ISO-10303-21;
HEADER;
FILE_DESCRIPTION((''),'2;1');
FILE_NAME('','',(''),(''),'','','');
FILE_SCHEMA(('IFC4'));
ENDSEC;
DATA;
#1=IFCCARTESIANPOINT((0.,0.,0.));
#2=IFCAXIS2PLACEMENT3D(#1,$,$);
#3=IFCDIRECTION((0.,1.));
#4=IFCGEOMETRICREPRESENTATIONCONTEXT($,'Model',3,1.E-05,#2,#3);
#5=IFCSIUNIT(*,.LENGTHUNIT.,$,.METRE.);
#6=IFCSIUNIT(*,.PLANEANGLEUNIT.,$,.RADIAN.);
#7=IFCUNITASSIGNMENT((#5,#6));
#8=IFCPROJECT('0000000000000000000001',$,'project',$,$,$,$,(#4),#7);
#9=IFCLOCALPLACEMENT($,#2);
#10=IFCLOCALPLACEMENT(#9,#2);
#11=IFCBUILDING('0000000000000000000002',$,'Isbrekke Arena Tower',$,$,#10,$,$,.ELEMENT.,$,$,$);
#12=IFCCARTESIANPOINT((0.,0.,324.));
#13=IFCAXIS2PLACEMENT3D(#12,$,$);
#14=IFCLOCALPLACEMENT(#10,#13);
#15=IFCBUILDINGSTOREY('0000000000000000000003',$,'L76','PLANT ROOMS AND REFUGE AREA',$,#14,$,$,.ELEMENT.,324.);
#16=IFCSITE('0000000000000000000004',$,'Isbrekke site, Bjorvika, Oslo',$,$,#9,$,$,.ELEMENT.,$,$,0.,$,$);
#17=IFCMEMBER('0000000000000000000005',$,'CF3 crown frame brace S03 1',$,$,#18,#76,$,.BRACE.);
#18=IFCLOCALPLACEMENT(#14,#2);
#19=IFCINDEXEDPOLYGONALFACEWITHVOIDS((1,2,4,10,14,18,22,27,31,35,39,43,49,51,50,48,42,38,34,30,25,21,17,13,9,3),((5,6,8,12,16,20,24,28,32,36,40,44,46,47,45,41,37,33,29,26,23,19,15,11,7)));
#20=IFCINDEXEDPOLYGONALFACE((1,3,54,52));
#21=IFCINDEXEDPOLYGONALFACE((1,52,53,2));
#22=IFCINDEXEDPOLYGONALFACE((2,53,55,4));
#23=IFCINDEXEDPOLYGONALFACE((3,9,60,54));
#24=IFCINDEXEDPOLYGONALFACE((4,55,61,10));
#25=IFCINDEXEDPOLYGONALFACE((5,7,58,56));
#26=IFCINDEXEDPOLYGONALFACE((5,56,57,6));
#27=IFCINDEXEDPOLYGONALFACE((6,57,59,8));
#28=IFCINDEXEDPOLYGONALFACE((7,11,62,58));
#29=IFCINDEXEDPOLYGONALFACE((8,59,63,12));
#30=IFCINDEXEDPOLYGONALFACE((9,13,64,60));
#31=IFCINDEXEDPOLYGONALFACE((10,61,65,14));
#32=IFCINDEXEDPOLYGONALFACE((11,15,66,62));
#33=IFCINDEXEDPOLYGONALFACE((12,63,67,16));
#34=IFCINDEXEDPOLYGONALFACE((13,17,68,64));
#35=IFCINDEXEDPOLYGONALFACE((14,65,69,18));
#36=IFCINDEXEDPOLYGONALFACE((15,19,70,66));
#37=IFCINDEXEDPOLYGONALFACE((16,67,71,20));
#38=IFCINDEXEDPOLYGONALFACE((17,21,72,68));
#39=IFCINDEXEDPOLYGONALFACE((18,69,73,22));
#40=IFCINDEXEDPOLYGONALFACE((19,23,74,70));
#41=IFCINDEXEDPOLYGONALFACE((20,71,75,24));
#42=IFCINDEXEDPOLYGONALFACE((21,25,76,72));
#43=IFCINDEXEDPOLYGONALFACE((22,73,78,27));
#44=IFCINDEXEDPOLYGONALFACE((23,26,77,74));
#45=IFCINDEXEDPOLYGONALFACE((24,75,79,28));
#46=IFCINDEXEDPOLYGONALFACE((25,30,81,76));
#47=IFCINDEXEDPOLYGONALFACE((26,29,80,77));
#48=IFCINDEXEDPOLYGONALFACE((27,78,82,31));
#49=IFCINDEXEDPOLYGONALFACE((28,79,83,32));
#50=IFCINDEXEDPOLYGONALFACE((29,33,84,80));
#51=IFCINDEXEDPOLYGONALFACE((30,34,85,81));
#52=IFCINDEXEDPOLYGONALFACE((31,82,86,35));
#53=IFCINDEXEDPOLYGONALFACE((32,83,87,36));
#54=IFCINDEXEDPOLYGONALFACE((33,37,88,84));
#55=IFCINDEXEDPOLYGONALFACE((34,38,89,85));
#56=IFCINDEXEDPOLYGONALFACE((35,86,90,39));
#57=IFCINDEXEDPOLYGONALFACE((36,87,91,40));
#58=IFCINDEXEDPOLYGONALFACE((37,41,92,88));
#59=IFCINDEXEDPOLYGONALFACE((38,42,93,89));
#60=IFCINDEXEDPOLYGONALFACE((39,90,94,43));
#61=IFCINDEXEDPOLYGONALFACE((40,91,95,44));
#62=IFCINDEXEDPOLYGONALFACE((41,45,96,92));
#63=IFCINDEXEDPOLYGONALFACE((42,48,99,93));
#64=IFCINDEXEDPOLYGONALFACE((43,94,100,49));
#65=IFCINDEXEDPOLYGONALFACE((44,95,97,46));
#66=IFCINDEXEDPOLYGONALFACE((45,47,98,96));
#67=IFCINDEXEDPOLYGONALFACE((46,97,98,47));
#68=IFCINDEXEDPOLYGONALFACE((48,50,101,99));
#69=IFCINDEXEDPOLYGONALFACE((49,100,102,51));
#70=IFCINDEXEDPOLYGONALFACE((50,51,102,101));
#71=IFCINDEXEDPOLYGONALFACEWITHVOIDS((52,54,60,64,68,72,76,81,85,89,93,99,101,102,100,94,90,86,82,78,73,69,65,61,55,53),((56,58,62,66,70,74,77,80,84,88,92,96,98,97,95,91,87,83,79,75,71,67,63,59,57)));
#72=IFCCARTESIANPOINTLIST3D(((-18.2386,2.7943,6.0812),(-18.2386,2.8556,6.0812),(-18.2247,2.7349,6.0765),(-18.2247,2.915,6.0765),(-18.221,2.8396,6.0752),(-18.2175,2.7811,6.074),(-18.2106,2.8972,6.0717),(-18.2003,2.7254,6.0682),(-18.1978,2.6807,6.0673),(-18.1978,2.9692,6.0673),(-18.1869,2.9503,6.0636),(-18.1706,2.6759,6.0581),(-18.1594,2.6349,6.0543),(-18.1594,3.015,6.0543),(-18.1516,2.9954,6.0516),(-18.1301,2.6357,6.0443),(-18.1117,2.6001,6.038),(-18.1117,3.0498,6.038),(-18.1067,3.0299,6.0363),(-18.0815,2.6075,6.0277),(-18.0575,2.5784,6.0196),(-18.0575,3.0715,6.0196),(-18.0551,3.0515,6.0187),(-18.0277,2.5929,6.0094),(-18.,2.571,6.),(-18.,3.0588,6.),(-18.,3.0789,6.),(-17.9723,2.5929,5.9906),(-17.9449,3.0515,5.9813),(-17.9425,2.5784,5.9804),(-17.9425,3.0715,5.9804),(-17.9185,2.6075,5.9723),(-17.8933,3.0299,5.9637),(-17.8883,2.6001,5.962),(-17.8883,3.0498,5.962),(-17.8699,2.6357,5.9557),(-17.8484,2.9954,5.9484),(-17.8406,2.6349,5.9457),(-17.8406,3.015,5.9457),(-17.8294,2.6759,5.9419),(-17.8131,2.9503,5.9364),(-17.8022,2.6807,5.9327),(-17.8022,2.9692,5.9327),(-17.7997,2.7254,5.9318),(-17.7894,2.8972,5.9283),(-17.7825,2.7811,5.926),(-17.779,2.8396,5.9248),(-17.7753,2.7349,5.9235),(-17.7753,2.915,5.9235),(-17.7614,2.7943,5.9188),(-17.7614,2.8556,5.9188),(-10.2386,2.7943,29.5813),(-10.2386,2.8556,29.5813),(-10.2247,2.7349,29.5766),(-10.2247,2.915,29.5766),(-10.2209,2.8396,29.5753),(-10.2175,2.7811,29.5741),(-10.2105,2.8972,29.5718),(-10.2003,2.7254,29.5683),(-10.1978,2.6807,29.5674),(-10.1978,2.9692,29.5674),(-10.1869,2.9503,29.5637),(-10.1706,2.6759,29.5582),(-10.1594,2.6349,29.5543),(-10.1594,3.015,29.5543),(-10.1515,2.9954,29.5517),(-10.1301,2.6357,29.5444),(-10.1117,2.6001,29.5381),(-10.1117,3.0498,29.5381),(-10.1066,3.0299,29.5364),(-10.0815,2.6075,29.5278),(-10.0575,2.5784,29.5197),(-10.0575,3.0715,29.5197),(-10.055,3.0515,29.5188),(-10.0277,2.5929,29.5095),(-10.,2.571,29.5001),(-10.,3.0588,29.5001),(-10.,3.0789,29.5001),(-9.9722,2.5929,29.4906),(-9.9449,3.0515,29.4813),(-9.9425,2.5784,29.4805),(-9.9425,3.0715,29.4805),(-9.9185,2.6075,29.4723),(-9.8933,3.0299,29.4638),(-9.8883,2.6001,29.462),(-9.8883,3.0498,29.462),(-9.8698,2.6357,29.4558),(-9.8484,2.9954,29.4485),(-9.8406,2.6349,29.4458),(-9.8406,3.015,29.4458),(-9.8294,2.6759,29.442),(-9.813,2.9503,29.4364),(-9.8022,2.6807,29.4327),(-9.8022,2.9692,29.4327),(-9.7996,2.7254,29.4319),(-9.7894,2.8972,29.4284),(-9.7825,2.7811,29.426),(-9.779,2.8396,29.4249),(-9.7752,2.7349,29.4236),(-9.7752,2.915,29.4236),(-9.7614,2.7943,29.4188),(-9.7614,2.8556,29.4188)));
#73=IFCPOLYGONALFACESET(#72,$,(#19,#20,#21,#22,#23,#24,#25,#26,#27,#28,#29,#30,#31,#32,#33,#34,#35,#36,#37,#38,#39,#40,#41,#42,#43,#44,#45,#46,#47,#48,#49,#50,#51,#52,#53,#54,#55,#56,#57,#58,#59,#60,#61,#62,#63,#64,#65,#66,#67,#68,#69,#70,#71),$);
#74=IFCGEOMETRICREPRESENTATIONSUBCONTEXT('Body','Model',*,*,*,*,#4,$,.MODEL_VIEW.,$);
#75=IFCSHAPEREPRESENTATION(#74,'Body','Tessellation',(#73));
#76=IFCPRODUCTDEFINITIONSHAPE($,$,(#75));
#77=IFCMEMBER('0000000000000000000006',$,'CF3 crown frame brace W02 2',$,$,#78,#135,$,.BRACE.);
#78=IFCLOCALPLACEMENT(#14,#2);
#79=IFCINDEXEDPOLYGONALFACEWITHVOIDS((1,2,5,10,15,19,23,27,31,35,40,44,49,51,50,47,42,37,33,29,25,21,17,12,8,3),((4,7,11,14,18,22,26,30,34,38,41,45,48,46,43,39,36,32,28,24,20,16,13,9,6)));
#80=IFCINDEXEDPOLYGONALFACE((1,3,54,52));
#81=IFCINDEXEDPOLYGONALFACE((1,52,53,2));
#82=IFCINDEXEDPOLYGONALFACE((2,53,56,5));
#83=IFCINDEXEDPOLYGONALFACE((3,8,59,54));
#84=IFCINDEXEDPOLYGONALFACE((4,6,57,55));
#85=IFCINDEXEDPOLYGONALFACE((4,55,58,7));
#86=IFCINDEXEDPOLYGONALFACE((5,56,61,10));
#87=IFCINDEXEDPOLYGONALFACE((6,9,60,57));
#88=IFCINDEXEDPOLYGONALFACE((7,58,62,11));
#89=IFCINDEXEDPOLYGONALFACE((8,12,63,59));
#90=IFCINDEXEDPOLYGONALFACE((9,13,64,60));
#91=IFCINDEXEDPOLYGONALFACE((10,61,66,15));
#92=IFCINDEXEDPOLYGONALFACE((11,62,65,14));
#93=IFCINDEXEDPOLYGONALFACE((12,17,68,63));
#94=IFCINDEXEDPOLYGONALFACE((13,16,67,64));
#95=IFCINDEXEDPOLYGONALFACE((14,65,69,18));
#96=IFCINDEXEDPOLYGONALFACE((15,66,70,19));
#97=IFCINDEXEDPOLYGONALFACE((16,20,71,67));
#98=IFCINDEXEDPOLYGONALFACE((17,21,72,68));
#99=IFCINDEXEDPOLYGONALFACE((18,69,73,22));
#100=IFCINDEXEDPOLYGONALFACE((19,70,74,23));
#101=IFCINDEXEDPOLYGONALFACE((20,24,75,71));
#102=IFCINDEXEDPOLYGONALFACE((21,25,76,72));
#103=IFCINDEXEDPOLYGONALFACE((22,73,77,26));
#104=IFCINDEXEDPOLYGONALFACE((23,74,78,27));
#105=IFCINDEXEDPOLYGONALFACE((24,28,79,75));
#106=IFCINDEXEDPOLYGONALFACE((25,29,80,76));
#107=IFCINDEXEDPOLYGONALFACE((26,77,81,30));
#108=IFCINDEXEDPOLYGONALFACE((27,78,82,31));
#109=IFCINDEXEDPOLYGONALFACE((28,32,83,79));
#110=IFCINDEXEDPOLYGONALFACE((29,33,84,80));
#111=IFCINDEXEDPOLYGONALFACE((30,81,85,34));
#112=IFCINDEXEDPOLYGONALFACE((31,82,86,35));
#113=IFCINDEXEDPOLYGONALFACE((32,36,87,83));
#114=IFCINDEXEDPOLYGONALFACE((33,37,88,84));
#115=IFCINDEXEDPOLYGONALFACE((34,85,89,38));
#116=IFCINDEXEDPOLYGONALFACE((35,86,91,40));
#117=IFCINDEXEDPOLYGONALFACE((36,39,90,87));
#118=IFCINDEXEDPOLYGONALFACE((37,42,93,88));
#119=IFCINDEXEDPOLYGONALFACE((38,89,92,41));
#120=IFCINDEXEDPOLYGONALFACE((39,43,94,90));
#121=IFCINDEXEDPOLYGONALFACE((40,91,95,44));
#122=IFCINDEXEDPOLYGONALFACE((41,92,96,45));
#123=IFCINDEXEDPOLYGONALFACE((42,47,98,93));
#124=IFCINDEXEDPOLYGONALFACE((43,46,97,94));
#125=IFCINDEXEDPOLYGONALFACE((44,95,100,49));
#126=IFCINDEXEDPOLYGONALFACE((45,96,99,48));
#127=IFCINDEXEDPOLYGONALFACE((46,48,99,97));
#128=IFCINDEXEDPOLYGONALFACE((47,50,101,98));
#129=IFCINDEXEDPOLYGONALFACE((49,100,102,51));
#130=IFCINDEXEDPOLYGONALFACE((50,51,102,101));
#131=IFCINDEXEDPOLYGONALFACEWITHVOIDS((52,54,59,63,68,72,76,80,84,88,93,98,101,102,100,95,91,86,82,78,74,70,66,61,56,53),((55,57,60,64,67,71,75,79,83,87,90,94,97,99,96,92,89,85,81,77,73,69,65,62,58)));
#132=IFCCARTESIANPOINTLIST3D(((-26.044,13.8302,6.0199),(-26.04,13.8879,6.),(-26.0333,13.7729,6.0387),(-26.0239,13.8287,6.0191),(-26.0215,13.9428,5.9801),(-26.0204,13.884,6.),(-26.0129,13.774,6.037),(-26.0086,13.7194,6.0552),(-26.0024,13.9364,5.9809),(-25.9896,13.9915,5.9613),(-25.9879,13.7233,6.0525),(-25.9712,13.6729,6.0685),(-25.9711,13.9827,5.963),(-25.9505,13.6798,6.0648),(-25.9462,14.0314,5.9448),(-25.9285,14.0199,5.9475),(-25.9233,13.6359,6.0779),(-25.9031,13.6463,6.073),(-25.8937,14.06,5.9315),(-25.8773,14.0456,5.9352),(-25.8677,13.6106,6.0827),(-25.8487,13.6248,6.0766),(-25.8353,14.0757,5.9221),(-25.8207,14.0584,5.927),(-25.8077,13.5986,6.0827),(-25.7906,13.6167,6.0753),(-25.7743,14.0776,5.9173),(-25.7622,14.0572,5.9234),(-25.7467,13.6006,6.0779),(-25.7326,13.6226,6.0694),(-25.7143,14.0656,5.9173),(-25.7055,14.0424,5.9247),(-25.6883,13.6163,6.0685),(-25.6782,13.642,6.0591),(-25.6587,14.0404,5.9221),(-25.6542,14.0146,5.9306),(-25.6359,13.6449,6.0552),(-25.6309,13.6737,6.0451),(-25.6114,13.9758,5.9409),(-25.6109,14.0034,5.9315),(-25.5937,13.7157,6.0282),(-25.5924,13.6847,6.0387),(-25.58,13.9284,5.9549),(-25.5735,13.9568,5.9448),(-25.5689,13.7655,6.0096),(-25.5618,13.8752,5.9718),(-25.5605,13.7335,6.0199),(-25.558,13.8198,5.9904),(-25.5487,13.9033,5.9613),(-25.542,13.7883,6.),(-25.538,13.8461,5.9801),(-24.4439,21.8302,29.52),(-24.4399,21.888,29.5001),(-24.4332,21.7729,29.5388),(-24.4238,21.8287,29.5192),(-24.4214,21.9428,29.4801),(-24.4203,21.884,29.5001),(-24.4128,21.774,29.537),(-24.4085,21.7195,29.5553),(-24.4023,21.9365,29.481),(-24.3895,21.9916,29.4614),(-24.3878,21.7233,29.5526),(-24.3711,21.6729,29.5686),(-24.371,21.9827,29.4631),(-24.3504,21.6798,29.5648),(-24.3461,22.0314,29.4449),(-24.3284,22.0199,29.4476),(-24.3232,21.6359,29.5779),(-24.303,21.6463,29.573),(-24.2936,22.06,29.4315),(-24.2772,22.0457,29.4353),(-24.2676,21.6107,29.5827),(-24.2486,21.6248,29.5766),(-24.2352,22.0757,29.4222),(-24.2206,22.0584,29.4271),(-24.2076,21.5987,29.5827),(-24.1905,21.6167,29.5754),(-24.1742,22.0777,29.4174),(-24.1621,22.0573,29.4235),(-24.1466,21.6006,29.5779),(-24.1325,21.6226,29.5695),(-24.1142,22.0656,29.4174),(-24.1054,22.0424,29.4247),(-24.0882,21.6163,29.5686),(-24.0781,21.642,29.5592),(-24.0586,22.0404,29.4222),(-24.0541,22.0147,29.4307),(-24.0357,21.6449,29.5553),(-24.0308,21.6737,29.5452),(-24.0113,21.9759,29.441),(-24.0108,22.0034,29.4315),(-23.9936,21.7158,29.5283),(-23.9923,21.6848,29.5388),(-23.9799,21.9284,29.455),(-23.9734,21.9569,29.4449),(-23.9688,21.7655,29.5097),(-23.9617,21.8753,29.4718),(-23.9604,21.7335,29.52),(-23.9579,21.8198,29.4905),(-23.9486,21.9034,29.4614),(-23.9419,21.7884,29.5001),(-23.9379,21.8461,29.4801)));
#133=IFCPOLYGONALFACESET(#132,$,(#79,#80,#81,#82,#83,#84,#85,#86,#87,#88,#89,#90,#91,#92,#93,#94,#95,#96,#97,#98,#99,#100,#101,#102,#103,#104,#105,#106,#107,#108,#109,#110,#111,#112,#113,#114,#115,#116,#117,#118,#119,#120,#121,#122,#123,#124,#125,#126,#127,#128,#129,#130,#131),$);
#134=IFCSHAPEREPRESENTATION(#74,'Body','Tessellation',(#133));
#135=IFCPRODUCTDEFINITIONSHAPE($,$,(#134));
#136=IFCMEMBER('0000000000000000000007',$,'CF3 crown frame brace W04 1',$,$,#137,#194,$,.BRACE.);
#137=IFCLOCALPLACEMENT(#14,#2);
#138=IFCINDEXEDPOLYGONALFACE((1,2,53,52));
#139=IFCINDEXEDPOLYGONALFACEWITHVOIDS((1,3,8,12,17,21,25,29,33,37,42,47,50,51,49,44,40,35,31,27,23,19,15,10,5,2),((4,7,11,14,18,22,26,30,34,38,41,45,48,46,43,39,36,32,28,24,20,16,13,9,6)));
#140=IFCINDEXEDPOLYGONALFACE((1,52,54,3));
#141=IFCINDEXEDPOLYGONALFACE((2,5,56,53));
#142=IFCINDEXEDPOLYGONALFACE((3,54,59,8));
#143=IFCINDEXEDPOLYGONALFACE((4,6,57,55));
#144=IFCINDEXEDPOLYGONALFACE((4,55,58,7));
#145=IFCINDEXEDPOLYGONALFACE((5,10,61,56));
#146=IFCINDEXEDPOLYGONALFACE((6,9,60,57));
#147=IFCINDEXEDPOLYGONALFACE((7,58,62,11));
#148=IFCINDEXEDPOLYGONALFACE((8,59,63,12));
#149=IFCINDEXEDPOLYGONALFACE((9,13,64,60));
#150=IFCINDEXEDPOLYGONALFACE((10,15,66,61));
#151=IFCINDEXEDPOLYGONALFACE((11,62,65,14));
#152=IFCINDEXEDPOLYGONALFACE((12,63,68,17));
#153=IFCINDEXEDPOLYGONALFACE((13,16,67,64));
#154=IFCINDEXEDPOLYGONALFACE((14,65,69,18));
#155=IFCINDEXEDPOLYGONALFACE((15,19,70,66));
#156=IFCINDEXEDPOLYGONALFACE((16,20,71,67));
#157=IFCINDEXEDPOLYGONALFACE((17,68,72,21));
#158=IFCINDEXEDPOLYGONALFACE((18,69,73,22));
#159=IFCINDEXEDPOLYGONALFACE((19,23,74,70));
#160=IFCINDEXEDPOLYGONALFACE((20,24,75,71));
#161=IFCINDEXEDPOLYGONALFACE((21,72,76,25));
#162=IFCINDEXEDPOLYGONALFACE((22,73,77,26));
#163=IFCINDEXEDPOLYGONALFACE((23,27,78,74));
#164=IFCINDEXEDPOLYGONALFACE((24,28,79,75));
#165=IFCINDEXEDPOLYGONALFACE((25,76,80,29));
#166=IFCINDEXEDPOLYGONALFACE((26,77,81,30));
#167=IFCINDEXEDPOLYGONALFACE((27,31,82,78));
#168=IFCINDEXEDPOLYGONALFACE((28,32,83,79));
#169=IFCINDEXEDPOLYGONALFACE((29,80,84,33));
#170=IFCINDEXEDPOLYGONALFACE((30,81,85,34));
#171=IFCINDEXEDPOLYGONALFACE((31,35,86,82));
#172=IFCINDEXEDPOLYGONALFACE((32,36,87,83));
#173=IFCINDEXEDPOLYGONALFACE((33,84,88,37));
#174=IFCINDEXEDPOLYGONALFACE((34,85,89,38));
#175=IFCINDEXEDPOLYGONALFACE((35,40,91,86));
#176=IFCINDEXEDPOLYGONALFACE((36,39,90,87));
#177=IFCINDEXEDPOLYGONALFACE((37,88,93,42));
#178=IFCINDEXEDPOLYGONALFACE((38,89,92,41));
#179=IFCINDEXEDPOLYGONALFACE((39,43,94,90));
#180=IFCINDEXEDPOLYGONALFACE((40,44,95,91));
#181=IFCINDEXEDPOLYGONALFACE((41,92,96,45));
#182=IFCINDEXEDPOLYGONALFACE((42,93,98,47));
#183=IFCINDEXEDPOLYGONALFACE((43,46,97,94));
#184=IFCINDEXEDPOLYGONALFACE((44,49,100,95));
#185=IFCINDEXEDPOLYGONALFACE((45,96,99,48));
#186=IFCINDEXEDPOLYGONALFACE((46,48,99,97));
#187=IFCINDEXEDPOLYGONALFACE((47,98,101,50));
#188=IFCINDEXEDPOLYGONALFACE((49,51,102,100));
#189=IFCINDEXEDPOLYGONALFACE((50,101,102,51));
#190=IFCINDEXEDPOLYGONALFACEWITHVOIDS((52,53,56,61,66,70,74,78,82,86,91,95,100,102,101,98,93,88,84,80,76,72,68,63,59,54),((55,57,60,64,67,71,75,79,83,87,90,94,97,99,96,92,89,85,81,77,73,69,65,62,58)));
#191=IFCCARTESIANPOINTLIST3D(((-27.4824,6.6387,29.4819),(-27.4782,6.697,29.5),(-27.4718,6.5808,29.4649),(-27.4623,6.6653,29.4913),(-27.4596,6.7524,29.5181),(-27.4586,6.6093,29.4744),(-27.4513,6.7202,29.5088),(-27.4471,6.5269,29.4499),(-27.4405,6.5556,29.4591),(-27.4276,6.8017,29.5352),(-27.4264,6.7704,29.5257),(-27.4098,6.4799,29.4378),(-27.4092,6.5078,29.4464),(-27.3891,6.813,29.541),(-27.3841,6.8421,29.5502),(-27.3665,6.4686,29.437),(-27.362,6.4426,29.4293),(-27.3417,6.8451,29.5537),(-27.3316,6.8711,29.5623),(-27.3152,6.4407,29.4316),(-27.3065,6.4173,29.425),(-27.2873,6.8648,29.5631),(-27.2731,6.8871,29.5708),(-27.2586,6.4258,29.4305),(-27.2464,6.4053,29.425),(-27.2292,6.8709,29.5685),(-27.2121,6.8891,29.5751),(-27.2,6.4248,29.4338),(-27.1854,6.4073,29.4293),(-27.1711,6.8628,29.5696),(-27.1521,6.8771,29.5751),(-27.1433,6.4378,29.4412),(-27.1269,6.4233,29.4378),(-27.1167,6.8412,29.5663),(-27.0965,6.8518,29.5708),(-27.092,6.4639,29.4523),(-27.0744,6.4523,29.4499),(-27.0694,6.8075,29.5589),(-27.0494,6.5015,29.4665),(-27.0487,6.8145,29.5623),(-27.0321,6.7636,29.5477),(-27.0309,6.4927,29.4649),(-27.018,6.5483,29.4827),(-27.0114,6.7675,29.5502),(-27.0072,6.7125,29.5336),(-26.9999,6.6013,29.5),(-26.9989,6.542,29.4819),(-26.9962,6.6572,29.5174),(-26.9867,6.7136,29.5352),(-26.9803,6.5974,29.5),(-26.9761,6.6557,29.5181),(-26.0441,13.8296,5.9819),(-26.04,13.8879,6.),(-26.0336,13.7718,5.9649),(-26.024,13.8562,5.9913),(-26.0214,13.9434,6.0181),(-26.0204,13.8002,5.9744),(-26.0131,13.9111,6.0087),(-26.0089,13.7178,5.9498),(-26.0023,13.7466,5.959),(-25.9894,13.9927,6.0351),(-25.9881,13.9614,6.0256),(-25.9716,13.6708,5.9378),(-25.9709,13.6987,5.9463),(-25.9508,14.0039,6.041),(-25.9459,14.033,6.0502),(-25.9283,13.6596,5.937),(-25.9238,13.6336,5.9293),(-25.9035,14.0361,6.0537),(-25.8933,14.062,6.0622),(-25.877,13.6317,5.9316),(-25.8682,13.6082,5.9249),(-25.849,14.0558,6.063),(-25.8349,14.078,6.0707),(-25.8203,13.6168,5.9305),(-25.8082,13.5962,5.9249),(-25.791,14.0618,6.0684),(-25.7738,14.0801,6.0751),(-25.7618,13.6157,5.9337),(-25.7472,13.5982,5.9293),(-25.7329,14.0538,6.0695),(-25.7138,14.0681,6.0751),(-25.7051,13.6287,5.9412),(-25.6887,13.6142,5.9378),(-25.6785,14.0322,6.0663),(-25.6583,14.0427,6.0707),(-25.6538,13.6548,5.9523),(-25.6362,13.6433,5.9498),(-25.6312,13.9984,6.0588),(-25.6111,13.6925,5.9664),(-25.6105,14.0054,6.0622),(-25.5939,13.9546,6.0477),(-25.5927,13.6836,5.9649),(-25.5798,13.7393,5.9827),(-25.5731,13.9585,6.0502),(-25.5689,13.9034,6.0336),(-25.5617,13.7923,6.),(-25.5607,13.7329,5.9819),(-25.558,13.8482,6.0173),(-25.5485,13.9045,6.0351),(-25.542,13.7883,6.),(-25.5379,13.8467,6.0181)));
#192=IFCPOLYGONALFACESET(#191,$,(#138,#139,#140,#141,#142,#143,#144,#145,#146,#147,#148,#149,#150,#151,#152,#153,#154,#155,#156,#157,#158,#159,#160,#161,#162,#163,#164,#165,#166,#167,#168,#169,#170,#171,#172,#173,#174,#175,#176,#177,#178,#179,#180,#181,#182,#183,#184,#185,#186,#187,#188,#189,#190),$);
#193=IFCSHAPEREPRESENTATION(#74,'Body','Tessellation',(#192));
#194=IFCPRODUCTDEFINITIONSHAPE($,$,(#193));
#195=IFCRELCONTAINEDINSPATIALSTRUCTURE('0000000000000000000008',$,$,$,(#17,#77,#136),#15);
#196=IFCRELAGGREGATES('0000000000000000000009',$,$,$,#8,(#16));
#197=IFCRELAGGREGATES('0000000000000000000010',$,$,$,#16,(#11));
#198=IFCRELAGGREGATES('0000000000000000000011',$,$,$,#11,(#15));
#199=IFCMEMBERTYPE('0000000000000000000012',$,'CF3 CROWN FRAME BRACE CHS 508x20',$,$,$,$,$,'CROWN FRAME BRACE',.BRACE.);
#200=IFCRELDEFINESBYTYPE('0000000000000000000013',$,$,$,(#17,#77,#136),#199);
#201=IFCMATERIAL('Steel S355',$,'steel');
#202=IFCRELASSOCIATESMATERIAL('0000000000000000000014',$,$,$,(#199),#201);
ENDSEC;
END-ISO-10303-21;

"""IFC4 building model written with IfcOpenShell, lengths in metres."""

from ifc_helpers import new_model, si_unit, direction, frame, origin, origin_2d, place, context, subcontext, project, spatial, hollow_circle, extrude, material, material_profile, profile_set, type_object, element, save


model = new_model("IFC4")

# Units and contexts
model_context = context("Model", 3, precision=1e-05, world=origin(), true_north=direction((0.0, 1.0)))
body_context = subcontext(model_context, "Body", "Model", "MODEL_VIEW")
ifc_project = project(units=[si_unit("LENGTHUNIT", "METRE"), si_unit("PLANEANGLEUNIT", "RADIAN")], contexts=[model_context])

# Site, building, storey
site_placement = place(None, origin())
site = spatial("IfcSite", under=ifc_project, at=site_placement, Name="Isbrekke site, Bjorvika, Oslo", CompositionType="ELEMENT", RefElevation=0.0)
building_placement = place(site_placement, origin())
building = spatial("IfcBuilding", under=site, at=building_placement, Name="Isbrekke Arena Tower", CompositionType="ELEMENT")
storey_placement = place(building_placement, frame((0.0, 0.0, 324.0)))
storey = spatial("IfcBuildingStorey", under=building, at=storey_placement, Name="L76", Description="PLANT ROOMS AND REFUGE AREA", CompositionType="ELEMENT", Elevation=324.0)

# Members
ifc_material_1 = material(Name="Steel S355", Category="steel")
ifc_material_profile_1 = material_profile(ifc_material_1, hollow_circle(Radius=0.2539, WallThickness=0.02, at=origin_2d()), Name="CHS 508x20")
ifc_profile_set_1 = profile_set([ifc_material_profile_1], Name="Steel S355")
member_type = type_object("IfcMemberType", Name="CF3 CROWN FRAME BRACE CHS 508x20", ElementType="CROWN FRAME BRACE", PredefinedType="BRACE", material=ifc_profile_set_1)
for number, where, z_axis, x_axis, name in (
    (1, (-18.0, 2.825, 6.0), (0.322264, 0.0, 0.94665), (0.0, 1.0, 0.0), "CF3 crown frame brace S03 1"),
):
    element("IfcMember", number, at=place(storey_placement, frame(where, z_axis=z_axis, x_axis=x_axis)), inside=storey, type_object=member_type, Name=name, PredefinedType="BRACE", context=body_context, shape_type="SweptSolid", body=[
        extrude(hollow_circle(Radius=0.2539, WallThickness=0.02, at=origin_2d()), origin(), (0.0, 0.0, 1.0), 24.8245),
    ])
member_1_placement = place(storey_placement, frame((-25.791, 13.8381, 6.0), z_axis=(0.064323, 0.321596, 0.94469), x_axis=(-0.980578, 0.196128, 0.0)))
element("IfcMember", 2, at=member_1_placement, inside=storey, type_object=member_type, Name="CF3 crown frame brace W02 2", PredefinedType="BRACE", context=body_context, shape_type="SweptSolid", body=[
    extrude(hollow_circle(Radius=0.2539, WallThickness=0.02, at=origin_2d()), origin(), (0.0, 0.0, 1.0), 24.876),
])
member_2_placement = place(storey_placement, frame((-25.791, 13.8381, 6.0), z_axis=(-0.058423, -0.292104, 0.9546), x_axis=(0.980579, -0.196123, 0.0)))
element("IfcMember", 3, at=member_2_placement, inside=storey, type_object=member_type, Name="CF3 crown frame brace W04 1", PredefinedType="BRACE", context=body_context, shape_type="SweptSolid", body=[
    extrude(hollow_circle(Radius=0.2539, WallThickness=0.02, at=origin_2d()), origin(), (0.0, 0.0, 1.0), 24.6177),
])

save(model, "model.ifc")
